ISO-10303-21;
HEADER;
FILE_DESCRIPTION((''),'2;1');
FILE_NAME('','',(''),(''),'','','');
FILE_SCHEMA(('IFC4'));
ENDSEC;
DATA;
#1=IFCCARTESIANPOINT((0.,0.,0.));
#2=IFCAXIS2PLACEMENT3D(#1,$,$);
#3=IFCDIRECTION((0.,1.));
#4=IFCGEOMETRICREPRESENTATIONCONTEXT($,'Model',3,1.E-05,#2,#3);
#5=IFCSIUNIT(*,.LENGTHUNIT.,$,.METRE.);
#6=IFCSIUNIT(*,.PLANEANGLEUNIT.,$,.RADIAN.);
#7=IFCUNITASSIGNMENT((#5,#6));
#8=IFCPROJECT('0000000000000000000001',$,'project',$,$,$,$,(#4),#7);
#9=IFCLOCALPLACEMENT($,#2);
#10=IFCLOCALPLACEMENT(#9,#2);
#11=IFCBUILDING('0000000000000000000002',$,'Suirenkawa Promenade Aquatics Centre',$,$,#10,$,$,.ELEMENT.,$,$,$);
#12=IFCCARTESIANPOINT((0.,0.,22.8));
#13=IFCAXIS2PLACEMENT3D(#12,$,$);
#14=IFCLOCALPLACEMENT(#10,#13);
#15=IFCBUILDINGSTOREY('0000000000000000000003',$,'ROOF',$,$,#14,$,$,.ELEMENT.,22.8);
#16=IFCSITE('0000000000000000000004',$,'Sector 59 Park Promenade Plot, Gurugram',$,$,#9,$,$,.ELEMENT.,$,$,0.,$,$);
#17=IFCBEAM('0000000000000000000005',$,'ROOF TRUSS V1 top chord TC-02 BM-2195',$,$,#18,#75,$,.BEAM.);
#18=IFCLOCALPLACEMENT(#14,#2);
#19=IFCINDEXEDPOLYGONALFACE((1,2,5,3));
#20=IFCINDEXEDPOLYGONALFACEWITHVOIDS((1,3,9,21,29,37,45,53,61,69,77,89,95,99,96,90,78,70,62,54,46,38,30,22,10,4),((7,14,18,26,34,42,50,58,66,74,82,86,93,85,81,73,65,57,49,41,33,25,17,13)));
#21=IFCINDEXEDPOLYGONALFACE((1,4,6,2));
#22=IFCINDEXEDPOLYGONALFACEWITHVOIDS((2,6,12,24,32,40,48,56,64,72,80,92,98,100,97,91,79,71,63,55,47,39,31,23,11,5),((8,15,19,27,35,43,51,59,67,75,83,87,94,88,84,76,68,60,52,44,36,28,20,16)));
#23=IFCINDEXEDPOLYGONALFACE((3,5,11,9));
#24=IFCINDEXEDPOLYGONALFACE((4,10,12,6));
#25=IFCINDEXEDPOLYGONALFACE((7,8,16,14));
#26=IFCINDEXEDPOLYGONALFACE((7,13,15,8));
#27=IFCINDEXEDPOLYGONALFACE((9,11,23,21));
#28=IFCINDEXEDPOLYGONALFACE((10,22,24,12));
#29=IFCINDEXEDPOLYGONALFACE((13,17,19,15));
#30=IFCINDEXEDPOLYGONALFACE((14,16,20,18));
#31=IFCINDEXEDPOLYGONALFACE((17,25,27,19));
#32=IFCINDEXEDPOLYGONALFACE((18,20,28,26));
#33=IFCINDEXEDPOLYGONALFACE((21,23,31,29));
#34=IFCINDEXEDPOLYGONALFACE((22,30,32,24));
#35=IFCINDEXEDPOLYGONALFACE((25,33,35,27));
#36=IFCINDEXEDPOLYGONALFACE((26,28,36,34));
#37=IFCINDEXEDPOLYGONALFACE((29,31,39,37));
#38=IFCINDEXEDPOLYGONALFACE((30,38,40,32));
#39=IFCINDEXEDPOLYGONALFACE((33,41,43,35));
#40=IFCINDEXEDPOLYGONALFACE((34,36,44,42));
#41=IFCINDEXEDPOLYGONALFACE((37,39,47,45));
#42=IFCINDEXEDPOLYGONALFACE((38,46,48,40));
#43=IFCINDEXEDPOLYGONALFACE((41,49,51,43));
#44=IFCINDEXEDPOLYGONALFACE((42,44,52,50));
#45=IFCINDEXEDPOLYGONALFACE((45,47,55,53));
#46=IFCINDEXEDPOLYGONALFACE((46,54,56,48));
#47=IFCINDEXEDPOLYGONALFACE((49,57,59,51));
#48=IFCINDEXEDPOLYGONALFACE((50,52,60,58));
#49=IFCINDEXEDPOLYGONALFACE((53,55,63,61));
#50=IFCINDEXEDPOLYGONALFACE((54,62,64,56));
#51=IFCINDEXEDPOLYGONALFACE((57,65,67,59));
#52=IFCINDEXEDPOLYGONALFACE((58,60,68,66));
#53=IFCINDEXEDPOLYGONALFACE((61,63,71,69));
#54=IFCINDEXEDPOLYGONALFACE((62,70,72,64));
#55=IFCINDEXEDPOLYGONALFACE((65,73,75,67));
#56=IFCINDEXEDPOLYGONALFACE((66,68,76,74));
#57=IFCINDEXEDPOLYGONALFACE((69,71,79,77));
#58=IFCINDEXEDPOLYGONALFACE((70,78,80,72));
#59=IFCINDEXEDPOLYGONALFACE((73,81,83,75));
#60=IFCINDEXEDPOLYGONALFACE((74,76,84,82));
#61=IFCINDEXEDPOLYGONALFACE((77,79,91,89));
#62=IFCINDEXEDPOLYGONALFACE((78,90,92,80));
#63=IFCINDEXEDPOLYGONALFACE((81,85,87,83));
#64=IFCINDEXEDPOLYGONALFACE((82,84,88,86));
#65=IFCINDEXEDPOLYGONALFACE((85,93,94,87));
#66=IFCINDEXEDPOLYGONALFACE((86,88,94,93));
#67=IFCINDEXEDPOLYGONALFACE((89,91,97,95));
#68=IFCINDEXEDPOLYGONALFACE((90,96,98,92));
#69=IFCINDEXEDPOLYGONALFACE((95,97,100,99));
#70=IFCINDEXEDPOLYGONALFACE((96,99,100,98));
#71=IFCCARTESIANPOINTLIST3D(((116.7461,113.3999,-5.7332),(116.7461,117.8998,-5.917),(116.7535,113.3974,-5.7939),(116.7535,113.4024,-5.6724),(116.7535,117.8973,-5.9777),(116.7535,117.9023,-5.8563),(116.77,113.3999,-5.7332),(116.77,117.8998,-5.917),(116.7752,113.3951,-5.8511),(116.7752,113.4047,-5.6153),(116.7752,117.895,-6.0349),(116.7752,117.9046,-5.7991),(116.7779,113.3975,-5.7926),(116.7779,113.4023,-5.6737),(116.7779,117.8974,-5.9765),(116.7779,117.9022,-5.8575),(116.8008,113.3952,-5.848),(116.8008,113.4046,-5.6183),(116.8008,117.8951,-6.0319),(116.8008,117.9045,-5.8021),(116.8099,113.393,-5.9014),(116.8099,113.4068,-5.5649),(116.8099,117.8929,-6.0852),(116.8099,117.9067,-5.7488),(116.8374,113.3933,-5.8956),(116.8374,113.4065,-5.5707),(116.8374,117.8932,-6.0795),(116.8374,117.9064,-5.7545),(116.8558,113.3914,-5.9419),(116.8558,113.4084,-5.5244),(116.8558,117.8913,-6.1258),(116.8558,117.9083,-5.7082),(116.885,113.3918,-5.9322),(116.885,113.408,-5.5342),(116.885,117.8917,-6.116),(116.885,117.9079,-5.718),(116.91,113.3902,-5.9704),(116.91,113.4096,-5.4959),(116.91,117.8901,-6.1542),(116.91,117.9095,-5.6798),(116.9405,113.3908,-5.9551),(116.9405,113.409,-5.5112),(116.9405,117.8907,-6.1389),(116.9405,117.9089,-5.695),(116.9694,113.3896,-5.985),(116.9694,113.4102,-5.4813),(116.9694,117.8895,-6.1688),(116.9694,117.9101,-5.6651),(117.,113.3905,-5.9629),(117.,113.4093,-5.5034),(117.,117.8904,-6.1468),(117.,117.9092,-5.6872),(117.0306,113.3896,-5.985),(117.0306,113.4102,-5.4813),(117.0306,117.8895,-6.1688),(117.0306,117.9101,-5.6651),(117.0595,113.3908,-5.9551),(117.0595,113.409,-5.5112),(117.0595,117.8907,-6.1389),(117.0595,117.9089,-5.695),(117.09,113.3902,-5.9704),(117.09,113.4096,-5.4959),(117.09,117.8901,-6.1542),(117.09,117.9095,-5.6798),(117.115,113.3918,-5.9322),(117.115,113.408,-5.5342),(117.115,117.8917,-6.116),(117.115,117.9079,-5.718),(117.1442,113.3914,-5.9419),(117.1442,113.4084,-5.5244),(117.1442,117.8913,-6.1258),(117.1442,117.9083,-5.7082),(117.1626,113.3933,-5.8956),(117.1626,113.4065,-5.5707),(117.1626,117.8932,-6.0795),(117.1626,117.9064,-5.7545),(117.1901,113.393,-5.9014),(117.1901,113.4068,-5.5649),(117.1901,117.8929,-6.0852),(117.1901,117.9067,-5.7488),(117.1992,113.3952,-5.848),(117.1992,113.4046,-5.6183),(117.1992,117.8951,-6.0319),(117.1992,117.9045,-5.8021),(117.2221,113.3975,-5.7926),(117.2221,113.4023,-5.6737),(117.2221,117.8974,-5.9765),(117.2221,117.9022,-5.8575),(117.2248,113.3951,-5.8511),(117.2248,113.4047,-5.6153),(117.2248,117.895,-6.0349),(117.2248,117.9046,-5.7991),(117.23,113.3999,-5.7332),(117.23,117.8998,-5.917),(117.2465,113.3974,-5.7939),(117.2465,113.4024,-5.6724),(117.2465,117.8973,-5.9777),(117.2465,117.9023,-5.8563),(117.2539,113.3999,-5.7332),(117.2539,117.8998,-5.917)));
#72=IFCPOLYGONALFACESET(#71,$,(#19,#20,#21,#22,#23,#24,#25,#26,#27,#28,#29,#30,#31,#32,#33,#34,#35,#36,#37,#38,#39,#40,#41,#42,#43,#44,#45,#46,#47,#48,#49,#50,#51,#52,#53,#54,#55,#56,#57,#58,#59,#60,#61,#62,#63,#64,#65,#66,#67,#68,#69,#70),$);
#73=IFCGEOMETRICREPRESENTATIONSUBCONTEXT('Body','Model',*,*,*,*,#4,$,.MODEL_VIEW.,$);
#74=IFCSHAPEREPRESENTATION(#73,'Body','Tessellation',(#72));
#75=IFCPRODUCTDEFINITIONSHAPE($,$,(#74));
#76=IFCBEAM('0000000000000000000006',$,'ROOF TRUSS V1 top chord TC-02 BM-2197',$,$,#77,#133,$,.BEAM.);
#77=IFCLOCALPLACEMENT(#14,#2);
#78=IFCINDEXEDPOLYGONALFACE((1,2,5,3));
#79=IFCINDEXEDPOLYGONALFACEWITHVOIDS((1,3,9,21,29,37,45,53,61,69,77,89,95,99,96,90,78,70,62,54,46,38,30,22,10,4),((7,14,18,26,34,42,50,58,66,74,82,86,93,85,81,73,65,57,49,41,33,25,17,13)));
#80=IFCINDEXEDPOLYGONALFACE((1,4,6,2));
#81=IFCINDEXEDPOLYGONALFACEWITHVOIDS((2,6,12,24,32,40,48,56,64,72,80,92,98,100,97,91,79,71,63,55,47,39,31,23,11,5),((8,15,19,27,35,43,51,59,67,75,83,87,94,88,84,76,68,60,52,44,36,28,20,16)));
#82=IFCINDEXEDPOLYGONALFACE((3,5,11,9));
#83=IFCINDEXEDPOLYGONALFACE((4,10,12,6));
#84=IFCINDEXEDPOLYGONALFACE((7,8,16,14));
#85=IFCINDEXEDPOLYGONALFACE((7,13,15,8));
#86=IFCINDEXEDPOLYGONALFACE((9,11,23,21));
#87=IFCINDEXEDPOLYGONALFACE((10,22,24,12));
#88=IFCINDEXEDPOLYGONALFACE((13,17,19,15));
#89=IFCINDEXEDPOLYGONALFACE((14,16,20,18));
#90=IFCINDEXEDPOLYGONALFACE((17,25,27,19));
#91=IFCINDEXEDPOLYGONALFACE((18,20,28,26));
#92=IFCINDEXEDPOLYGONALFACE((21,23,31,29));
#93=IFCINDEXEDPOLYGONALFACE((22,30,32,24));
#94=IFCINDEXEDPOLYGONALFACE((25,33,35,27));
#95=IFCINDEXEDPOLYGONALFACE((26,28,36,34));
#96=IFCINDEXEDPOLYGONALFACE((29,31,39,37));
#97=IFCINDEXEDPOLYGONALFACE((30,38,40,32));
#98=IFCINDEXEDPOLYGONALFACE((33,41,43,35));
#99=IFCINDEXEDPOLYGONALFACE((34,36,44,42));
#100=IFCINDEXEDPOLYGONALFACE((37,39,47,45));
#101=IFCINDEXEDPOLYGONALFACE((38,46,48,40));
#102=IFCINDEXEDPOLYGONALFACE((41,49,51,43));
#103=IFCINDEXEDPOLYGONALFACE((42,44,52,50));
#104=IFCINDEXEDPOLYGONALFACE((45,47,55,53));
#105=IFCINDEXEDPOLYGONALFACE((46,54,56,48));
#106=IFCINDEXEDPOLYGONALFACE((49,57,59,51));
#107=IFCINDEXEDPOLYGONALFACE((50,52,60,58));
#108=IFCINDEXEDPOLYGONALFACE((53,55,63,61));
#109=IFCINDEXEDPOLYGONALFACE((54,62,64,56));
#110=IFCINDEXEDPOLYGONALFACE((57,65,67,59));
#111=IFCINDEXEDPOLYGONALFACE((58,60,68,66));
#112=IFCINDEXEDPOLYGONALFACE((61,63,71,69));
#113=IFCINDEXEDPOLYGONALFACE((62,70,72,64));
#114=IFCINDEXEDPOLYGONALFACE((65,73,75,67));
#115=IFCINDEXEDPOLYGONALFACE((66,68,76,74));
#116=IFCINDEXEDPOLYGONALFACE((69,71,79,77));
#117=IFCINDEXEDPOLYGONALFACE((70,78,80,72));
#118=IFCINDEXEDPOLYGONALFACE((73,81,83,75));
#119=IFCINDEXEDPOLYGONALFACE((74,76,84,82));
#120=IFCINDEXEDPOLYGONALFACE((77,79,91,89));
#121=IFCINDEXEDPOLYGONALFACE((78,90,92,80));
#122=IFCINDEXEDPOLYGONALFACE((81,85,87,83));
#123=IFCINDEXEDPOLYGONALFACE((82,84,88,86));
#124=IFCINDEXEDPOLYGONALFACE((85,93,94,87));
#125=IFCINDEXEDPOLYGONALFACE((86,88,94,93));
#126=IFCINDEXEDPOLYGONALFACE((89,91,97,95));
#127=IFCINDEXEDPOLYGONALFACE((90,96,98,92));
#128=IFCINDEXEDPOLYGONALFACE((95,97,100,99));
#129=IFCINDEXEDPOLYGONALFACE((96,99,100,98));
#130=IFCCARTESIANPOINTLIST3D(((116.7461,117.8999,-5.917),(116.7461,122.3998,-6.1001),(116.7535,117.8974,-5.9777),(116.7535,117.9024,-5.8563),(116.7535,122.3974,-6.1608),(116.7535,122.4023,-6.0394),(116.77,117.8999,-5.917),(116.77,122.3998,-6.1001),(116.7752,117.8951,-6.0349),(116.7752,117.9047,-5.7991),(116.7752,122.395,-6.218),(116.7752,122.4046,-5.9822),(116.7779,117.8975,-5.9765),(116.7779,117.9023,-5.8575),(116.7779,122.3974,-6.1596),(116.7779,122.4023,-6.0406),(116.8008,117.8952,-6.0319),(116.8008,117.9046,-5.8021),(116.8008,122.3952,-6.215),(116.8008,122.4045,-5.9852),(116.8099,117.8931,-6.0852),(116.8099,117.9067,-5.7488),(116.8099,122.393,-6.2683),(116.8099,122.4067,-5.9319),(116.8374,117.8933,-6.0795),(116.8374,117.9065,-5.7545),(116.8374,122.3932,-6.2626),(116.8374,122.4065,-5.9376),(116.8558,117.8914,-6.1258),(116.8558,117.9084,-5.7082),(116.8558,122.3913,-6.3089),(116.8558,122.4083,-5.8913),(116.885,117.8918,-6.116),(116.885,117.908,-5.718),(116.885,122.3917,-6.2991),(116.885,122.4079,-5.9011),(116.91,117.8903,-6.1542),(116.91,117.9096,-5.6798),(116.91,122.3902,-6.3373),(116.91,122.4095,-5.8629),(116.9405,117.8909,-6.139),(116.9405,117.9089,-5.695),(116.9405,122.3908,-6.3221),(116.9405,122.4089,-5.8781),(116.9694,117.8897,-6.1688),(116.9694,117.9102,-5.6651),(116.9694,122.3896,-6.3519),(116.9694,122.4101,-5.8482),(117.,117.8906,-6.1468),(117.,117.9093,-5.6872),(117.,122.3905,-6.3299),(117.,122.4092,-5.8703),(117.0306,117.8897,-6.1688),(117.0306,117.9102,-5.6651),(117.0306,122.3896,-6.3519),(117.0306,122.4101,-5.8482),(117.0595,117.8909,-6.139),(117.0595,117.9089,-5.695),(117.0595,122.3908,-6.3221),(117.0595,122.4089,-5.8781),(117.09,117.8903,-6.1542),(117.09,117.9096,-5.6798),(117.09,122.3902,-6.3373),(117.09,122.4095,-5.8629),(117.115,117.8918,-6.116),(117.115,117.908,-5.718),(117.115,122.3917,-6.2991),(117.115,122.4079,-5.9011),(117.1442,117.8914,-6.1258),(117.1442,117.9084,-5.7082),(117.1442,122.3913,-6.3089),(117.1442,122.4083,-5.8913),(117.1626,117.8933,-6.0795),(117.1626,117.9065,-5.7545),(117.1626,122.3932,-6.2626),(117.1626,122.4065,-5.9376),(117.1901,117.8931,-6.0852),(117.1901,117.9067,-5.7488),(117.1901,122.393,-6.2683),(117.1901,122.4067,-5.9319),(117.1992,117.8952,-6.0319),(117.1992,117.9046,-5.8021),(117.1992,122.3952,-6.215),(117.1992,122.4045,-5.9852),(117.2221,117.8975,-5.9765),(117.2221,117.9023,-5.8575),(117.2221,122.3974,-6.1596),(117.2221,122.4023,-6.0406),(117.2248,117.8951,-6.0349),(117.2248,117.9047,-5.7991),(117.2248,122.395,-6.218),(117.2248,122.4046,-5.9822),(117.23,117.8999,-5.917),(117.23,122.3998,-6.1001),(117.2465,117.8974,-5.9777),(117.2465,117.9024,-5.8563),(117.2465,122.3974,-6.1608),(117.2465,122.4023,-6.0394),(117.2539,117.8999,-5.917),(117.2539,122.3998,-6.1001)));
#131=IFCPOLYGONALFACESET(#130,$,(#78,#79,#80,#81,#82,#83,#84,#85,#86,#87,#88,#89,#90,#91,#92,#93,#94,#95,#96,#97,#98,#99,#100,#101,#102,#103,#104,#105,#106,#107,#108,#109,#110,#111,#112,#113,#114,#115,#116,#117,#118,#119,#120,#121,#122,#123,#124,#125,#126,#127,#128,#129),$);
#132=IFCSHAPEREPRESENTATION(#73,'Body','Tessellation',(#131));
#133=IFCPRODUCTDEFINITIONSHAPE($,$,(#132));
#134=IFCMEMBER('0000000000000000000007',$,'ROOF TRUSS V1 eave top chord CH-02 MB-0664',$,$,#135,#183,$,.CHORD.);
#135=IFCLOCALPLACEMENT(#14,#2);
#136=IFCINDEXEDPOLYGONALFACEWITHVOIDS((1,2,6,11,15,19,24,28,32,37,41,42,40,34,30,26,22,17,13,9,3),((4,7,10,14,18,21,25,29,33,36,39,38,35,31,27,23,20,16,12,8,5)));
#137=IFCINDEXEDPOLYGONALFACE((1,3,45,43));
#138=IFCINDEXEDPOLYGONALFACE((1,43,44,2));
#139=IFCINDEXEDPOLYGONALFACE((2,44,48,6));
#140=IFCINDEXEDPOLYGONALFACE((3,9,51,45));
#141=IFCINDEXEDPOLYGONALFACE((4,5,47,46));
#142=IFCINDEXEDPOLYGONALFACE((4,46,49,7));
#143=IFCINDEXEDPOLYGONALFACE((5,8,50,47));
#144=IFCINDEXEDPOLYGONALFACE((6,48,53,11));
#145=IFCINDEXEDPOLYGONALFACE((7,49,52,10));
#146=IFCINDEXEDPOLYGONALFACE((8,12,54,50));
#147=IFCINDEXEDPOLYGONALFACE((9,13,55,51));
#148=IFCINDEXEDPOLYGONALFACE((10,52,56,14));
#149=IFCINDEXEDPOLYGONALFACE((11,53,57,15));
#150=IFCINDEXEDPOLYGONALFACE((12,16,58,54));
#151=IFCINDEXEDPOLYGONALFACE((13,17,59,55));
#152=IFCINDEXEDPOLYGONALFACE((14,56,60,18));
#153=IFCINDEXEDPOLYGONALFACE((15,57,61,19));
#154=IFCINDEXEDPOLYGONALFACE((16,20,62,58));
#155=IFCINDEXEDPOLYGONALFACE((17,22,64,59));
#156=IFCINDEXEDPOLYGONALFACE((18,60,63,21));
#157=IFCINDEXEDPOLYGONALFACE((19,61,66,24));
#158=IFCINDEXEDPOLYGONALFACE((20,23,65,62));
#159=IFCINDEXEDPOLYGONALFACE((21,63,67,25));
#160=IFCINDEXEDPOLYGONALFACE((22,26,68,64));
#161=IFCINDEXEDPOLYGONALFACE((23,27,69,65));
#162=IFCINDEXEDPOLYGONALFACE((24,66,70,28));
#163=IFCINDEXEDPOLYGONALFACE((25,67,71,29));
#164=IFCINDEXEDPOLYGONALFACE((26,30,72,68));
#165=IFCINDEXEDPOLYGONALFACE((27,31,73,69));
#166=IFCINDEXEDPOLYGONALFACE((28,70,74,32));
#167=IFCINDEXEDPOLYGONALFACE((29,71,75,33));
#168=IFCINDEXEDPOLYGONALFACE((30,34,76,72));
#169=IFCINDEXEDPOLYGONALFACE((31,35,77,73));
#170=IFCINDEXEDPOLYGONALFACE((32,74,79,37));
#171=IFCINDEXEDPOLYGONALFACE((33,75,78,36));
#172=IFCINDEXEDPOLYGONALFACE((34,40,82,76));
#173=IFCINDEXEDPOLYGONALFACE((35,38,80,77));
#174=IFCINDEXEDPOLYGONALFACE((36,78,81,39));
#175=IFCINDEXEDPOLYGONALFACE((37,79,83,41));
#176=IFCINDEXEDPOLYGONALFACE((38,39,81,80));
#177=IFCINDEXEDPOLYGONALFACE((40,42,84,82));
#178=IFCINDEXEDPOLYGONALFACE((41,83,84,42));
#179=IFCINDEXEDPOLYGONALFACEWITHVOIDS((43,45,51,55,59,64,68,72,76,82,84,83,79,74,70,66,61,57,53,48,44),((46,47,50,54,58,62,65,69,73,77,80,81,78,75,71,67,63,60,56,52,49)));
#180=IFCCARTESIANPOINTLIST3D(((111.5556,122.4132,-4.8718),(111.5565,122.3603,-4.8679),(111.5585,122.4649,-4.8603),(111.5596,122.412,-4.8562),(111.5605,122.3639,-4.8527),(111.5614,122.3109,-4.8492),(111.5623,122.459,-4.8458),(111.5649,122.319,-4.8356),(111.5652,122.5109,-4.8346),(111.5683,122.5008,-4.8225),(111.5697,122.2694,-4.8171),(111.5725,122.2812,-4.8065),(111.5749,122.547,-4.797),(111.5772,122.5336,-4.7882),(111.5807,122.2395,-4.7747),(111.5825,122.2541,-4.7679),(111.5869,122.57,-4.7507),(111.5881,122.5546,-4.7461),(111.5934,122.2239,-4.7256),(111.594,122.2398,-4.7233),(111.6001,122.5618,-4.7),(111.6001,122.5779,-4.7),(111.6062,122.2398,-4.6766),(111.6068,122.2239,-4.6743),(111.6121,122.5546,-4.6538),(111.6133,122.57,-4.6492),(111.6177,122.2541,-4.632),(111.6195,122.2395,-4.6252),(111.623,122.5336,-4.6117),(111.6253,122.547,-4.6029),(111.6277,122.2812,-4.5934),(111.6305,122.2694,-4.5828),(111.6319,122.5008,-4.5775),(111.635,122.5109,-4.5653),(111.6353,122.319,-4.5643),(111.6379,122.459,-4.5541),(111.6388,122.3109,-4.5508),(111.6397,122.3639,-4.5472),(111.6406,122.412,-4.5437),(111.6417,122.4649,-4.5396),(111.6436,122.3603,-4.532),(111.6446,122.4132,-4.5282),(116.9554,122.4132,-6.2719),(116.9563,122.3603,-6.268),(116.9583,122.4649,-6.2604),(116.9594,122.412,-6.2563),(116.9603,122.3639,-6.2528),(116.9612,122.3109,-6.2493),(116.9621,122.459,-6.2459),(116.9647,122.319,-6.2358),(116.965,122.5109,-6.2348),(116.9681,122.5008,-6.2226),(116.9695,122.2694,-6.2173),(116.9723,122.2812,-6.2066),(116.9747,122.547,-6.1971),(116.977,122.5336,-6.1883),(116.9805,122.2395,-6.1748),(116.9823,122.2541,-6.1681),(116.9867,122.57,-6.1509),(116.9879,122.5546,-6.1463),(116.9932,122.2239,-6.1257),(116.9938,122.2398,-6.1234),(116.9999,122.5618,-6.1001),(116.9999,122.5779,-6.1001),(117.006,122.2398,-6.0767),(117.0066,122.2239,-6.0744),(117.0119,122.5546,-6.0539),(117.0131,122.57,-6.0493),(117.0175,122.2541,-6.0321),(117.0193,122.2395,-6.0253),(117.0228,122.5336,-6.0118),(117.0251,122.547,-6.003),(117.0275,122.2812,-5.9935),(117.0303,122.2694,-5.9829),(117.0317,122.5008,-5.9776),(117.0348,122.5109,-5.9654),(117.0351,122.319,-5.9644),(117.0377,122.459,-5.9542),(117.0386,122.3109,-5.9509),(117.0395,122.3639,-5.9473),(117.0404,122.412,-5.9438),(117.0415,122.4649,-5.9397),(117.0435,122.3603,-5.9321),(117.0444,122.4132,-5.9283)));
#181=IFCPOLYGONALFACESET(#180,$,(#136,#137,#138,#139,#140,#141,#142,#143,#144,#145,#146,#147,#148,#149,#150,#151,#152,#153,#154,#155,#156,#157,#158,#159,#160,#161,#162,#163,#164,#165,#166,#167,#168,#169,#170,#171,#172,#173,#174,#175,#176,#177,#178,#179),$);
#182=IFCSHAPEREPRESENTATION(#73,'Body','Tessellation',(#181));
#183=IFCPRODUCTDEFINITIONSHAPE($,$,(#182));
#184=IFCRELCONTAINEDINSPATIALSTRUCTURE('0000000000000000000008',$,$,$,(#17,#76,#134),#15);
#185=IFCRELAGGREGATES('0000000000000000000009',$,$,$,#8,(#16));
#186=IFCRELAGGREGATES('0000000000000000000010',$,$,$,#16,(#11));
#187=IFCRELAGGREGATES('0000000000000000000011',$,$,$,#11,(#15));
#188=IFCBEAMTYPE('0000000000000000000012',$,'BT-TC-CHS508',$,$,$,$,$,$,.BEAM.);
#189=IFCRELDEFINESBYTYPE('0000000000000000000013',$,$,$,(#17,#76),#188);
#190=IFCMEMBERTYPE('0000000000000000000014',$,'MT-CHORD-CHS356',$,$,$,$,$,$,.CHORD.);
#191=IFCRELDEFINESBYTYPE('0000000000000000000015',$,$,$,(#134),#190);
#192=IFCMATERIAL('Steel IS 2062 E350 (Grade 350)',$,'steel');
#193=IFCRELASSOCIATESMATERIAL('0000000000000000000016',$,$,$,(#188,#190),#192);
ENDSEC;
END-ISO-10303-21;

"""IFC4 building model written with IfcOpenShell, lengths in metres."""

from ifc_helpers import new_model, si_unit, direction, frame, origin, origin_2d, place, context, subcontext, project, spatial, hollow_circle, extrude, material, material_profile, profile_set, type_object, element, save


model = new_model("IFC4")

# Units and contexts
model_context = context("Model", 3, precision=1e-05, world=origin(), true_north=direction((0.0, 1.0)))
body_context = subcontext(model_context, "Body", "Model", "MODEL_VIEW")
ifc_project = project(units=[si_unit("LENGTHUNIT", "METRE"), si_unit("PLANEANGLEUNIT", "RADIAN")], contexts=[model_context])

# Site, building, storey
site_placement = place(None, origin())
site = spatial("IfcSite", under=ifc_project, at=site_placement, Name="Sector 59 Park Promenade Plot, Gurugram", CompositionType="ELEMENT", RefElevation=0.0)
building_placement = place(site_placement, origin())
building = spatial("IfcBuilding", under=site, at=building_placement, Name="Suirenkawa Promenade Aquatics Centre", CompositionType="ELEMENT")
storey_placement = place(building_placement, frame((0.0, 0.0, 22.8)))
storey = spatial("IfcBuildingStorey", under=building, at=storey_placement, Name="ROOF", CompositionType="ELEMENT", Elevation=22.8)

# Beams
ifc_material = material(Name="Steel IS 2062 E350 (Grade 350)", Category="steel")
ifc_material_profile_1 = material_profile(ifc_material, hollow_circle(Radius=0.2539, WallThickness=0.0239, at=origin_2d()), Name="CHS 508x24", Category="steel")
ifc_profile_set_1 = profile_set([ifc_material_profile_1], Name="Steel IS 2062 E350 (Grade 350)")
beam_type_1 = type_object("IfcBeamType", Name="BT-TC-CHS508", PredefinedType="BEAM", material=ifc_profile_set_1)
for number, where, z_axis, x_axis, name in (
    (1, (117.0, 113.3999, -5.7332), (0.0, 0.999167, -0.040819), (-1.0, 0.0, 0.0), "ROOF TRUSS V1 top chord TC-02 BM-2195"),
    (2, (117.0, 117.8999, -5.917), (0.0, 0.999173, -0.040656), (-1.0, 0.0, 0.0), "ROOF TRUSS V1 top chord TC-02 BM-2197"),
):
    element("IfcBeam", number, at=place(storey_placement, frame(where, z_axis=z_axis, x_axis=x_axis)), inside=storey, type_object=beam_type_1, Name=name, PredefinedType="BEAM", context=body_context, shape_type="SweptSolid", body=[
        extrude(hollow_circle(Radius=0.2539, WallThickness=0.0239, at=origin_2d()), origin(), (0.0, 0.0, 1.0), 4.5037),
    ])

# Member
ifc_material_profile_2 = material_profile(ifc_material, hollow_circle(Radius=0.178, WallThickness=0.0161, at=origin_2d()), Name="CHS 356x16", Category="steel")
ifc_profile_set_2 = profile_set([ifc_material_profile_2], Name="Steel IS 2062 E350 (Grade 350)")
member_type_1 = type_object("IfcMemberType", Name="MT-CHORD-CHS356", PredefinedType="CHORD", material=ifc_profile_set_2)
for number, where, z_axis, x_axis, name in (
    (3, (111.6001, 122.3999, -4.7), (0.967989, 0.0, -0.250991), (0.0, 1.0, 0.0), "ROOF TRUSS V1 eave top chord CH-02 MB-0664"),
):
    element("IfcMember", number, at=place(storey_placement, frame(where, z_axis=z_axis, x_axis=x_axis)), inside=storey, type_object=member_type_1, Name=name, PredefinedType="CHORD", context=body_context, shape_type="SweptSolid", body=[
        extrude(hollow_circle(Radius=0.178, WallThickness=0.0161, at=origin_2d()), origin(), (0.0, 0.0, 1.0), 5.5784),
    ])

save(model, "model.ifc")
